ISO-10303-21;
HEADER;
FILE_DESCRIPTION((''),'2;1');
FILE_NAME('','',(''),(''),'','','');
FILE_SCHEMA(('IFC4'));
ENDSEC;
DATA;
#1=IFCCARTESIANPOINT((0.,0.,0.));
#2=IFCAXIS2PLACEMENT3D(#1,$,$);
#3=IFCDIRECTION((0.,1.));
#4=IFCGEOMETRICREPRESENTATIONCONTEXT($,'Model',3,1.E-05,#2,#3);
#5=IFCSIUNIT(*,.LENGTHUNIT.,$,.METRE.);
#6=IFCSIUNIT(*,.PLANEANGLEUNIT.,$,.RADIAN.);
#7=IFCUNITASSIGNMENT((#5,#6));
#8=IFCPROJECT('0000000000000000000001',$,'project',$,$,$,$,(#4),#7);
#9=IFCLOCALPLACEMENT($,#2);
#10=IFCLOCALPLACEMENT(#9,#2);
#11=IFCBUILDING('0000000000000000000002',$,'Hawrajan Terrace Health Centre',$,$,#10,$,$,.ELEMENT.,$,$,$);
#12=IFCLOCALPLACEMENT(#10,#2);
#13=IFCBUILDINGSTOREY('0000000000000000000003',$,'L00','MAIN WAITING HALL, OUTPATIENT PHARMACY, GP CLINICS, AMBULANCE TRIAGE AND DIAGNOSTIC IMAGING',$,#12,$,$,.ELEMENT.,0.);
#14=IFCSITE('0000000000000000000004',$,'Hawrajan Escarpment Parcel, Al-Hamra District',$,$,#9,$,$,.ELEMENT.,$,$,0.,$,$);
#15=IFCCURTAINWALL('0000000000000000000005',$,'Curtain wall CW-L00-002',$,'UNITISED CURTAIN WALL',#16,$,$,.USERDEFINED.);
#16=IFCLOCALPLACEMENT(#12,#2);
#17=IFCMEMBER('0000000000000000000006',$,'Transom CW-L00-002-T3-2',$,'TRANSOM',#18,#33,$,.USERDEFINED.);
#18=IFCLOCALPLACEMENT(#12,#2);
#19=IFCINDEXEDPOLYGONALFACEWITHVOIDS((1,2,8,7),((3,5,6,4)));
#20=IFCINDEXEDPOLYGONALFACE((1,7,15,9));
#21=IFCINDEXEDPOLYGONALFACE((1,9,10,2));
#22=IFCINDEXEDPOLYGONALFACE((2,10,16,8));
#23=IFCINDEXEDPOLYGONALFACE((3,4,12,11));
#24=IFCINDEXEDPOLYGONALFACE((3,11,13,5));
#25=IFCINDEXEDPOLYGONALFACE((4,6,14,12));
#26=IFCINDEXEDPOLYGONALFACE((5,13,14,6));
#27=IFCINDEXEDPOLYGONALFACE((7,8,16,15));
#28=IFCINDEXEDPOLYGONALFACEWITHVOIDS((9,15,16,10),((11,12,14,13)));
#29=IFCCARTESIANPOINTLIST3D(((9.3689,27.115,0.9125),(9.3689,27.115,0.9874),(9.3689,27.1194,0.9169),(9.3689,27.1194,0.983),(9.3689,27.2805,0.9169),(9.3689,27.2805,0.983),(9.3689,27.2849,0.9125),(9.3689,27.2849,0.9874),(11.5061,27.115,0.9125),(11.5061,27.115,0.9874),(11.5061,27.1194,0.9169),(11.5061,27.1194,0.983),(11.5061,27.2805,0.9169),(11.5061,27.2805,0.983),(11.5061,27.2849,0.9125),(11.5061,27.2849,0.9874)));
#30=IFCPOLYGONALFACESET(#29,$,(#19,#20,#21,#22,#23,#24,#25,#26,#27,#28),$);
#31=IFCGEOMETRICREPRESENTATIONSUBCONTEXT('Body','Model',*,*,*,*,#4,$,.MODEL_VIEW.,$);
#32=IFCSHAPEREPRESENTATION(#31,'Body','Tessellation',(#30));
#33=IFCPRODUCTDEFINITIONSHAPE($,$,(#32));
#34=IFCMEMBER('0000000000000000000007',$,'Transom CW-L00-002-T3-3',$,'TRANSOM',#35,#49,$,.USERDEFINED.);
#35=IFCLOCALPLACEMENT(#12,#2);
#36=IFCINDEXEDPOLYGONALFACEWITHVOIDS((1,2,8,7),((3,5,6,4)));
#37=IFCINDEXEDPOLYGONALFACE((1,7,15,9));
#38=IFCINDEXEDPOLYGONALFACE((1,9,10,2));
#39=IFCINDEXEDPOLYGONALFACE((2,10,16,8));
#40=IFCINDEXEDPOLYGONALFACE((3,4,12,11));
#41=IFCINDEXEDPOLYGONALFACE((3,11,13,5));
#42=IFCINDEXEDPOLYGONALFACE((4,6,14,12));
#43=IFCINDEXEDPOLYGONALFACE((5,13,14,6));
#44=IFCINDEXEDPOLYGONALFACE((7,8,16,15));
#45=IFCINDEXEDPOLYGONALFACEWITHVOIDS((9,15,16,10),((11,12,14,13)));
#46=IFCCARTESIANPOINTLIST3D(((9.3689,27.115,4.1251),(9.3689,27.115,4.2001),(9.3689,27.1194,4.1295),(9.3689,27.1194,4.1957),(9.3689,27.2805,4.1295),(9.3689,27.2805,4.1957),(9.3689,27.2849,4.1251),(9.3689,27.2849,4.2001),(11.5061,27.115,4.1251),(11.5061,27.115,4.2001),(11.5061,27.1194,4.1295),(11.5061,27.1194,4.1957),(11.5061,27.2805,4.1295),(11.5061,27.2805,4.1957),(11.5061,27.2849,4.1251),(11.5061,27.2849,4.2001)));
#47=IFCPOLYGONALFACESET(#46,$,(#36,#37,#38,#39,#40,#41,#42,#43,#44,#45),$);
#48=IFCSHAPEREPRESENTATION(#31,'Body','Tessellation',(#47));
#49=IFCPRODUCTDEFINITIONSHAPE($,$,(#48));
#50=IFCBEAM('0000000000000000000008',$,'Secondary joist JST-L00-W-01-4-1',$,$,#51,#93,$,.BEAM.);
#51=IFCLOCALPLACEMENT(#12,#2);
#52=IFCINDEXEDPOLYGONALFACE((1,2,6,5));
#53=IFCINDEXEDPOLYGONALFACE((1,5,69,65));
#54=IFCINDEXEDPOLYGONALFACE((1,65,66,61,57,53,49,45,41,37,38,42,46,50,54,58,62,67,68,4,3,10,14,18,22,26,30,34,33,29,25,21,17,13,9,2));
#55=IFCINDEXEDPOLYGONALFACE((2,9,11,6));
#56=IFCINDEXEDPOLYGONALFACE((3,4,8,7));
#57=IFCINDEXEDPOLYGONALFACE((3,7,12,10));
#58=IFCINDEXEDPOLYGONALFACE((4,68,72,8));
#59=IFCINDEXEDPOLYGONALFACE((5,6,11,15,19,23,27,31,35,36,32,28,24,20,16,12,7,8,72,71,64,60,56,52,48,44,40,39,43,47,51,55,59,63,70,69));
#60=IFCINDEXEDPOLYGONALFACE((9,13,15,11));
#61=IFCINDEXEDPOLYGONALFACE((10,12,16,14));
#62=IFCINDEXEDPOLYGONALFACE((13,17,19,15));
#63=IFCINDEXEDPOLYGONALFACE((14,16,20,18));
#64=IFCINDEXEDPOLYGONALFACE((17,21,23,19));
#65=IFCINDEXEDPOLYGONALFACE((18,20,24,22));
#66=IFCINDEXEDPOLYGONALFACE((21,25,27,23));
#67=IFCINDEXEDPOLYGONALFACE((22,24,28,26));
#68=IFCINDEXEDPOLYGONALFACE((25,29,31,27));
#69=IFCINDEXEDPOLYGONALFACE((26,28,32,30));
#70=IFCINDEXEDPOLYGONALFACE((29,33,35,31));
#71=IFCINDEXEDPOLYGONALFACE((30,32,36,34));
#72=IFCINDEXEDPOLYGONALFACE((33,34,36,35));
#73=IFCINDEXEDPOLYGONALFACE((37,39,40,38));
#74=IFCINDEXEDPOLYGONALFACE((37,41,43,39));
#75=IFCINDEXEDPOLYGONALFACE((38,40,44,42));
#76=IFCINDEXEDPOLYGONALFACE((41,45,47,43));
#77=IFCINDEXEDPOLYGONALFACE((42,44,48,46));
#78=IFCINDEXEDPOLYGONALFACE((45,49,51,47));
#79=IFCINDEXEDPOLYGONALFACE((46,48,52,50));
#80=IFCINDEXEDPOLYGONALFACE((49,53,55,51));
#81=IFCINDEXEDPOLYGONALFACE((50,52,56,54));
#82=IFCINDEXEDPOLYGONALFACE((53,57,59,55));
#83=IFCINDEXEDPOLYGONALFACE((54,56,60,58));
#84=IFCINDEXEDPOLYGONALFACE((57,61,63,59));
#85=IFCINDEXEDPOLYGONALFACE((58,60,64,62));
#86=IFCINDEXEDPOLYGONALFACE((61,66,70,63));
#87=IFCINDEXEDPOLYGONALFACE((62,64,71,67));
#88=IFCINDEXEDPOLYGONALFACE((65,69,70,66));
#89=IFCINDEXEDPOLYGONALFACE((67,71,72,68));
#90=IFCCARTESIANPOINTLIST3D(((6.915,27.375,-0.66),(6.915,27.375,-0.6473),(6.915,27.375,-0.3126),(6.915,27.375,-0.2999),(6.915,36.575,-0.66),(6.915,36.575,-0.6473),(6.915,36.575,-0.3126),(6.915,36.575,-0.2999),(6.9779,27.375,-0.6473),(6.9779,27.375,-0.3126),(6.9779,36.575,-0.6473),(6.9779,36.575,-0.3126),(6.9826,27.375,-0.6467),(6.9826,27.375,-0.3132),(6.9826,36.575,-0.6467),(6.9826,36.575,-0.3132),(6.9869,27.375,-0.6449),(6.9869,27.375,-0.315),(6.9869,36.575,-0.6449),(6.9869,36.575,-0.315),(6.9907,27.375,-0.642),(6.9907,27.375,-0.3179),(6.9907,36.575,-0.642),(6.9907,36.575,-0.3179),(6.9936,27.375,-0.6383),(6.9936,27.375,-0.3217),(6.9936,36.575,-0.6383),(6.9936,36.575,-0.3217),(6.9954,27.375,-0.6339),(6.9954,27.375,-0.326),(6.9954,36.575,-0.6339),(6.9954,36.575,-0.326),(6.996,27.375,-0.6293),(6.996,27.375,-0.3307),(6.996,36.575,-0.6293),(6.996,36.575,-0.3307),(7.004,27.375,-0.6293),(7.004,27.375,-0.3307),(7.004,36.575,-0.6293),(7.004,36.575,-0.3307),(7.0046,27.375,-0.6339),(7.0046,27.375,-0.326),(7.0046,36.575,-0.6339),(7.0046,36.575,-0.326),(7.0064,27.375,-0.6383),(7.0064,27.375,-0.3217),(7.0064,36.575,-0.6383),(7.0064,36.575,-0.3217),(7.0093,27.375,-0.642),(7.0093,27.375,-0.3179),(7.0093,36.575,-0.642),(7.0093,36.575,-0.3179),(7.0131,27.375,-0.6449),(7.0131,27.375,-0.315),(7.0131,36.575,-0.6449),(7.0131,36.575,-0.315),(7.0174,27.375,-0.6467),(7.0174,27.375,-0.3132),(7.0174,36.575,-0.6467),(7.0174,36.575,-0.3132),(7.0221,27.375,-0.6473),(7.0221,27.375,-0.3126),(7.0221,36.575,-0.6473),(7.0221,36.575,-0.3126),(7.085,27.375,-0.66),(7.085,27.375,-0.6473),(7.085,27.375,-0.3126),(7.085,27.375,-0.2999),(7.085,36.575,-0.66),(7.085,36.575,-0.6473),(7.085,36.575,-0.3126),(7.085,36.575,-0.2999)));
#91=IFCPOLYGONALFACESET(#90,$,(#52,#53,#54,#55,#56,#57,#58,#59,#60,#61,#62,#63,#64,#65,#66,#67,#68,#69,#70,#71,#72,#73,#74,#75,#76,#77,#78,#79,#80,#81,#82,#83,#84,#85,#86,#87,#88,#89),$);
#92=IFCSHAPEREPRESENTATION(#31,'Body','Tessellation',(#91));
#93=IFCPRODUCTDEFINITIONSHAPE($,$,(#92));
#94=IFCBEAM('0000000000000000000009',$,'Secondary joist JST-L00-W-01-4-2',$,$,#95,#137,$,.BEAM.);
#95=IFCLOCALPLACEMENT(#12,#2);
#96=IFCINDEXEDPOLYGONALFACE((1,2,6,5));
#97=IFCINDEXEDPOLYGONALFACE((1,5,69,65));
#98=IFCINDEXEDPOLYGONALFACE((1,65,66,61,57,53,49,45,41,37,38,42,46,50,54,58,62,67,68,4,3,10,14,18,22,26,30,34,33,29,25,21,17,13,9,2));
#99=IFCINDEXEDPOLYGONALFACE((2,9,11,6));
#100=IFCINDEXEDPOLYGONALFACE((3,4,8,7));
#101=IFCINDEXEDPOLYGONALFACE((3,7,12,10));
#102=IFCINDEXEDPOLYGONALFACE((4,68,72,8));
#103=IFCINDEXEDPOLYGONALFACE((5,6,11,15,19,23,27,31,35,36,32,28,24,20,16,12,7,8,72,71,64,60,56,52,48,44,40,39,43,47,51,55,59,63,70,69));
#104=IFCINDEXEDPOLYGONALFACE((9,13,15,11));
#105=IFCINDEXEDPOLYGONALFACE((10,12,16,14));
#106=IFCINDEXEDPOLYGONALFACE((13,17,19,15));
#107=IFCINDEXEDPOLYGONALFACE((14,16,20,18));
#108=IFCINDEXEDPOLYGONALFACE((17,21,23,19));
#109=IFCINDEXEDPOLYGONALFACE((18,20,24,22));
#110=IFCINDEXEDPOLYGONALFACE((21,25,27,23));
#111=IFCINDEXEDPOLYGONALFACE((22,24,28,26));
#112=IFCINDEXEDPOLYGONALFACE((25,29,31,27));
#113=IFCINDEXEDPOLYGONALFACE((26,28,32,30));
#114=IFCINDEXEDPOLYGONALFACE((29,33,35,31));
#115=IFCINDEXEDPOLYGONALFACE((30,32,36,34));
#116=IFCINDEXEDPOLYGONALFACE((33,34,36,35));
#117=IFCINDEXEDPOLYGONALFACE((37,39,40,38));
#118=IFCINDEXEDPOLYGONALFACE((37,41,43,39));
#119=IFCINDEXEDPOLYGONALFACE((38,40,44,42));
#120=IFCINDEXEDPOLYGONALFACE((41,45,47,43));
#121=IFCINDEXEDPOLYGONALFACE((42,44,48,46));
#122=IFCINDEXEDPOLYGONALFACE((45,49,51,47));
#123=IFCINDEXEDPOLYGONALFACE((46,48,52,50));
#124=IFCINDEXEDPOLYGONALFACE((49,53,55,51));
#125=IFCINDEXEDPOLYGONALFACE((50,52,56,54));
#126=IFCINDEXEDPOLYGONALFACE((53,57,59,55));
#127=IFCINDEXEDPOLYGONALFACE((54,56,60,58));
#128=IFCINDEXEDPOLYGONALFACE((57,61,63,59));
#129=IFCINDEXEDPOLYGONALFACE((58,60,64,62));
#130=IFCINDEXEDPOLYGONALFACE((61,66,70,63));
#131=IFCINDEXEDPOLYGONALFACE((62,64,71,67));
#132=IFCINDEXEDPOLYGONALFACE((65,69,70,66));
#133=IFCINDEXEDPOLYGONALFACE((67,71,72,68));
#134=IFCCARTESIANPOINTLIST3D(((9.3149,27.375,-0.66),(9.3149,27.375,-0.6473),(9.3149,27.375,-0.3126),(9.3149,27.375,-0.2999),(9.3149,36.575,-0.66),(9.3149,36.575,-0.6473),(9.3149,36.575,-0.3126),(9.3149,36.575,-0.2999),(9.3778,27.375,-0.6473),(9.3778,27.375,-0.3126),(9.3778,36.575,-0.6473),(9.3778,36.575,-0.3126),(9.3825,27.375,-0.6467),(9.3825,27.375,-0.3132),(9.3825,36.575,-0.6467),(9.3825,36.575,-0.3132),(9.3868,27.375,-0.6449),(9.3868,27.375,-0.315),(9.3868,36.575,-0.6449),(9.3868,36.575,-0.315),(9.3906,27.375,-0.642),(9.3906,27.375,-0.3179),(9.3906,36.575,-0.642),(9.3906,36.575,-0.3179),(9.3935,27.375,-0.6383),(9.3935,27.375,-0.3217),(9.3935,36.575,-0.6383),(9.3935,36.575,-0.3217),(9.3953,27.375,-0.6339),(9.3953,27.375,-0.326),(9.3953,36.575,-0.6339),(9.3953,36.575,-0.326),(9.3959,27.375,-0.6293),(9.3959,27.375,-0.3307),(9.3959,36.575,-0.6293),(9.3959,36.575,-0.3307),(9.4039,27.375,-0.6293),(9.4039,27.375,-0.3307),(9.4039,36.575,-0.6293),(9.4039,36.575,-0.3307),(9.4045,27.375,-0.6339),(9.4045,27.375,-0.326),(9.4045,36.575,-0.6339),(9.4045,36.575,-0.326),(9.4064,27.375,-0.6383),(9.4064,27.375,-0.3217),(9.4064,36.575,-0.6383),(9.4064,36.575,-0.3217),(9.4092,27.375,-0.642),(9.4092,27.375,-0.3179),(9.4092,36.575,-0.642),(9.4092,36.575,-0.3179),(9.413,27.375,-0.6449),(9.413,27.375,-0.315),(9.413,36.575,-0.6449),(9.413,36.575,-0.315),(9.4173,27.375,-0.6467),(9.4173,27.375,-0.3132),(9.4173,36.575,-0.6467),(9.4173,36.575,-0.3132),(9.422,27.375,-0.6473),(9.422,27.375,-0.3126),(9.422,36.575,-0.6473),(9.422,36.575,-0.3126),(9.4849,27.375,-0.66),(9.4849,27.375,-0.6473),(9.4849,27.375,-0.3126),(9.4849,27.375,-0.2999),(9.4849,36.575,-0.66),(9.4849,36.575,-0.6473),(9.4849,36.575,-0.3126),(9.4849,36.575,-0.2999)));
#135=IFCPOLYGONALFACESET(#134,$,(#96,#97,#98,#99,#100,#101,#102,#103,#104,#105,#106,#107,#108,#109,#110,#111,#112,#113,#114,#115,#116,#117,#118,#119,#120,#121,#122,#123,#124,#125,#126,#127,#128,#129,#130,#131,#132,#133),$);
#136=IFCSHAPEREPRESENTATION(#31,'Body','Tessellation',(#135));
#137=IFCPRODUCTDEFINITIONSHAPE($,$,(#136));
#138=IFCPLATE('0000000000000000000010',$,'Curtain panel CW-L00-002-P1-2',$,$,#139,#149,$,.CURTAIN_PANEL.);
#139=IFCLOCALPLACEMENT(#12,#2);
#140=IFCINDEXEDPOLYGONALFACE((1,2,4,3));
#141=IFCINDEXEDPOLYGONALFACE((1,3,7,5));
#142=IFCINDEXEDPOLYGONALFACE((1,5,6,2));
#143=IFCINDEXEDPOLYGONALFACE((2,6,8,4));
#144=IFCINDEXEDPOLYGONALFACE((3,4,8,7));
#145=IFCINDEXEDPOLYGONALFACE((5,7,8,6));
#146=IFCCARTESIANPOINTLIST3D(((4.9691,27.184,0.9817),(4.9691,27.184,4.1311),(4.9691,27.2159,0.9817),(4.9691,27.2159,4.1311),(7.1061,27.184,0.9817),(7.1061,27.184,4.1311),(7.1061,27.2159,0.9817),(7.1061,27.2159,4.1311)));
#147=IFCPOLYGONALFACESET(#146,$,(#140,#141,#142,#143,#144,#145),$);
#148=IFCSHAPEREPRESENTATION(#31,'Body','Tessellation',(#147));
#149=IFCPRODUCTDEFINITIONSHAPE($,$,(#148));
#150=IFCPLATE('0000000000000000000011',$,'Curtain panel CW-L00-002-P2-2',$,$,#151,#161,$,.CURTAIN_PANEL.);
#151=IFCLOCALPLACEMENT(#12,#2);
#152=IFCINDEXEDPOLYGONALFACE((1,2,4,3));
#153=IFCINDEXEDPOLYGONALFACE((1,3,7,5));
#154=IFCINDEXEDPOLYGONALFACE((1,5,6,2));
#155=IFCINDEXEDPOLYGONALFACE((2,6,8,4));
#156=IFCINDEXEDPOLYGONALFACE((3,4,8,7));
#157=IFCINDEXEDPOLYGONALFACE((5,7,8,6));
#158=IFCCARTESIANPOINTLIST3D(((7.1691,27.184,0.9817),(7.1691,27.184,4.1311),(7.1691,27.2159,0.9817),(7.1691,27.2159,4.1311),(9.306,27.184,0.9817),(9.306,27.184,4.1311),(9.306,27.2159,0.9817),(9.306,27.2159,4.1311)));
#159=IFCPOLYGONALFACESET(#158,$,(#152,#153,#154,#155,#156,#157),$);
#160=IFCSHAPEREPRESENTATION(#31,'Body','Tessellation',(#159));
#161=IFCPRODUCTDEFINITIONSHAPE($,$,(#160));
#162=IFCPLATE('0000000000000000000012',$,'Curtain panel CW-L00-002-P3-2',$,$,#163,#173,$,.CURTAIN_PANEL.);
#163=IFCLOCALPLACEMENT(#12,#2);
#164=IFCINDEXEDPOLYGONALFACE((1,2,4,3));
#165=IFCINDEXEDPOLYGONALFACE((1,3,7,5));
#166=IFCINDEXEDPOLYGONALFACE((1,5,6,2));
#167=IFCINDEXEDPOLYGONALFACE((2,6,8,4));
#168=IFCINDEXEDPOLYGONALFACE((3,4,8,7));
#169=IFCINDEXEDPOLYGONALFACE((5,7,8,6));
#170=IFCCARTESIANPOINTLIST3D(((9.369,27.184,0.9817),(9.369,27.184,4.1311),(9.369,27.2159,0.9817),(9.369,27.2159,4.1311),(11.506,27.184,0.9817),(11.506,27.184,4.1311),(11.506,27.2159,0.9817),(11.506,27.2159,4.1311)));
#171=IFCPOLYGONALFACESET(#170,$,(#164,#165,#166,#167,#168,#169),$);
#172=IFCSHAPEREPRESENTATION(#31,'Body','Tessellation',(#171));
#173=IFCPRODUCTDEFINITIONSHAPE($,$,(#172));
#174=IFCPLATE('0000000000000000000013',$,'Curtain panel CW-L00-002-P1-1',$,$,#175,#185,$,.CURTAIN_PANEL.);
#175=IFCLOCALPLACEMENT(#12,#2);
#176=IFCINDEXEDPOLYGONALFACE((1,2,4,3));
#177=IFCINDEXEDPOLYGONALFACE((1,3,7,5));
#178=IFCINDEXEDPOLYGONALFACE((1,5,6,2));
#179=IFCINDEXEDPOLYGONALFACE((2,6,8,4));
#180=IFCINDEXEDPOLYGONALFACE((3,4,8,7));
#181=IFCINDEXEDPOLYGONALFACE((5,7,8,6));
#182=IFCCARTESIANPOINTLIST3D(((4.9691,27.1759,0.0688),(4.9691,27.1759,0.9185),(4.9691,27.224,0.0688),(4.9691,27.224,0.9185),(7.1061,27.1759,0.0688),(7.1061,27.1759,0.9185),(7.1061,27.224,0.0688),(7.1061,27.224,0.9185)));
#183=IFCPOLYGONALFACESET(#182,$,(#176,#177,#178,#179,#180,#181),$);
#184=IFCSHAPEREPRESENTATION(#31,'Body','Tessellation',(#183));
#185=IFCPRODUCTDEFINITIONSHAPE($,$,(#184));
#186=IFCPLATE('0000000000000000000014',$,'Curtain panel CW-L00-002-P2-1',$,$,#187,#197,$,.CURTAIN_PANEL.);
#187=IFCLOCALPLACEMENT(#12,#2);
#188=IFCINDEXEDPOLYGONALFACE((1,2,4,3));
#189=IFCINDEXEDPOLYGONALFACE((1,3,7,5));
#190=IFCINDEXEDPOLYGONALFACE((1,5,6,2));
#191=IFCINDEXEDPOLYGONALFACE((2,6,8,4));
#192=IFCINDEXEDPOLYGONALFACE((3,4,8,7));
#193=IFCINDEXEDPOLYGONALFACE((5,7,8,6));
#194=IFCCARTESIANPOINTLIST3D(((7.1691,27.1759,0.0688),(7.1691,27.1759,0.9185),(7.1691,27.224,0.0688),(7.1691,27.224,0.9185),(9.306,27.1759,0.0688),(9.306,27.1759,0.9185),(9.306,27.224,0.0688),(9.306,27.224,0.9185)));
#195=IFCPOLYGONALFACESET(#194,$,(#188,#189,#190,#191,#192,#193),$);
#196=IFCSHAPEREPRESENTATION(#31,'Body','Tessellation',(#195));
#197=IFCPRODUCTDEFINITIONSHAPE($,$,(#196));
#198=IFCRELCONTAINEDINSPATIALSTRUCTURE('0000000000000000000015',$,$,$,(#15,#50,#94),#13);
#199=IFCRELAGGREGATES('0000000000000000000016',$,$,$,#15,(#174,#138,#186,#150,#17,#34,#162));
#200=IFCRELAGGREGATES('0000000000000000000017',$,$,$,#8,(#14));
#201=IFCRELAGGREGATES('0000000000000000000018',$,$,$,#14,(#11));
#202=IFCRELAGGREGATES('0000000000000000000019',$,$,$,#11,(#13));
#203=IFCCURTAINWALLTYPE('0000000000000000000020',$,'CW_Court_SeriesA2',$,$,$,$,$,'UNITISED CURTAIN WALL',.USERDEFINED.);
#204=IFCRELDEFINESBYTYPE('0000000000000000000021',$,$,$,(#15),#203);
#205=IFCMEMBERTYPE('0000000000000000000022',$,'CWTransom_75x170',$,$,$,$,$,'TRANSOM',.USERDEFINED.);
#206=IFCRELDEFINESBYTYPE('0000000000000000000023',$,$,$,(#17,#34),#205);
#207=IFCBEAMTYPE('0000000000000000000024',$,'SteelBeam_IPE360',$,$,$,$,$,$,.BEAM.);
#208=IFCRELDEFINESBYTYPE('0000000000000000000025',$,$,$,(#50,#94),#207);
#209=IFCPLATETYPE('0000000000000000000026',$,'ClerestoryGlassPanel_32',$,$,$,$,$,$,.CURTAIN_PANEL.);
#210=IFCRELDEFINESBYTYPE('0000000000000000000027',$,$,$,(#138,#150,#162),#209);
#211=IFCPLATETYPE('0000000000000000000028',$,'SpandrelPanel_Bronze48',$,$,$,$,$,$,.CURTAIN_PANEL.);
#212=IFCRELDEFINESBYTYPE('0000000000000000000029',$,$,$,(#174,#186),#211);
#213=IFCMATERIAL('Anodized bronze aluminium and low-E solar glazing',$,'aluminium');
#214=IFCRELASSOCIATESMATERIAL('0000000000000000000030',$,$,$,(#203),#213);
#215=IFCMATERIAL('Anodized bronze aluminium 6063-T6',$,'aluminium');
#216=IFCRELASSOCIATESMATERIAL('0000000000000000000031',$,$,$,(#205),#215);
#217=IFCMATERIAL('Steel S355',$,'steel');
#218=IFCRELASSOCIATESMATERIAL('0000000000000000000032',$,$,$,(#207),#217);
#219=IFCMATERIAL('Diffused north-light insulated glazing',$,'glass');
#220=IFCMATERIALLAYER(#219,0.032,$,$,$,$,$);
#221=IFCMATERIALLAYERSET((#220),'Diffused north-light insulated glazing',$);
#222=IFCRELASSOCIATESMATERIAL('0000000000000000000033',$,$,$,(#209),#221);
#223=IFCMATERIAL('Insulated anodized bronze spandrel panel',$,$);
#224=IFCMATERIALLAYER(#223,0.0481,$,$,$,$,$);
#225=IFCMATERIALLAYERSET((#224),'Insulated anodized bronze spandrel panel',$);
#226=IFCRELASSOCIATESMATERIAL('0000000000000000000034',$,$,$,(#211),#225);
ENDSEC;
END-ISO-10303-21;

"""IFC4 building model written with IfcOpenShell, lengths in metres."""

from ifc_helpers import new_model, si_unit, direction, frame, origin, origin_2d, place, context, subcontext, project, spatial, rectangle, hollow_rectangle, i_section, extrude, material, layer, layer_set, material_profile, profile_set, type_object, element, aggregate, save


model = new_model("IFC4")

# Units and contexts
model_context = context("Model", 3, precision=1e-05, world=origin(), true_north=direction((0.0, 1.0)))
body_context = subcontext(model_context, "Body", "Model", "MODEL_VIEW")
ifc_project = project(units=[si_unit("LENGTHUNIT", "METRE"), si_unit("PLANEANGLEUNIT", "RADIAN")], contexts=[model_context])

# Site, building, storey
site_placement = place(None, origin())
site = spatial("IfcSite", under=ifc_project, at=site_placement, Name="Hawrajan Escarpment Parcel, Al-Hamra District", CompositionType="ELEMENT", RefElevation=0.0)
building_placement = place(site_placement, origin())
building = spatial("IfcBuilding", under=site, at=building_placement, Name="Hawrajan Terrace Health Centre", CompositionType="ELEMENT")
storey_placement = place(building_placement, origin())
storey = spatial("IfcBuildingStorey", under=building, at=storey_placement, Name="L00", Description="MAIN WAITING HALL, OUTPATIENT PHARMACY, GP CLINICS, AMBULANCE TRIAGE AND DIAGNOSTIC IMAGING", CompositionType="ELEMENT", Elevation=0.0)

# Curtain wall, members
ifc_material_1 = material(Name="Anodized bronze aluminium and low-E solar glazing", Category="aluminium")
curtain_wall_type = type_object("IfcCurtainWallType", Name="CW_Court_SeriesA2", ElementType="UNITISED CURTAIN WALL", PredefinedType="USERDEFINED", material=ifc_material_1)
curtain_wall_placement = place(storey_placement, origin())
curtain_wall = element("IfcCurtainWall", 1, at=curtain_wall_placement, inside=storey, type_object=curtain_wall_type, Name="Curtain wall CW-L00-002", ObjectType="UNITISED CURTAIN WALL", PredefinedType="USERDEFINED")
ifc_material_2 = material(Name="Anodized bronze aluminium 6063-T6", Category="aluminium")
ifc_material_profile_1 = material_profile(ifc_material_2, hollow_rectangle(XDim=0.075, YDim=0.1699, WallThickness=0.0044, at=origin_2d()), Name="CW TRN 75x170")
ifc_profile_set_1 = profile_set([ifc_material_profile_1], Name="Anodized bronze aluminium 6063-T6")
member_type_1 = type_object("IfcMemberType", Name="CWTransom_75x170", ElementType="TRANSOM", PredefinedType="USERDEFINED", material=ifc_profile_set_1)
member_1_placement = place(storey_placement, frame((9.3689, 27.2, 0.95), z_axis=(1.0, 0.0, 0.0), x_axis=(0.0, 0.0, 1.0)))
member_1 = element("IfcMember", 2, at=member_1_placement, type_object=member_type_1, Name="Transom CW-L00-002-T3-2", ObjectType="TRANSOM", PredefinedType="USERDEFINED", context=body_context, shape_type="SweptSolid", body=[
    extrude(hollow_rectangle(XDim=0.075, YDim=0.1699, WallThickness=0.0044, at=origin_2d()), origin(), (0.0, 0.0, 1.0), 2.1372),
])
member_2_placement = place(storey_placement, frame((9.3689, 27.2, 4.1626), z_axis=(1.0, 0.0, 0.0), x_axis=(0.0, 0.0, 1.0)))
member_2 = element("IfcMember", 3, at=member_2_placement, type_object=member_type_1, Name="Transom CW-L00-002-T3-3", ObjectType="TRANSOM", PredefinedType="USERDEFINED", context=body_context, shape_type="SweptSolid", body=[
    extrude(hollow_rectangle(XDim=0.075, YDim=0.1699, WallThickness=0.0044, at=origin_2d()), origin(), (0.0, 0.0, 1.0), 2.1372),
])

# Beams
ifc_material_3 = material(Name="Steel S355", Category="steel")
ifc_material_profile_2 = material_profile(ifc_material_3, i_section(OverallWidth=0.1699, OverallDepth=0.3601, WebThickness=0.0081, FlangeThickness=0.0127, FilletRadius=0.0181, at=origin_2d()), Name="IPE 360")
ifc_profile_set_2 = profile_set([ifc_material_profile_2], Name="Steel S355")
beam_type = type_object("IfcBeamType", Name="SteelBeam_IPE360", PredefinedType="BEAM", material=ifc_profile_set_2)
for number, where, z_axis, x_axis, name in (
    (4, (7.0, 27.375, -0.48), (0.0, 1.0, 0.0), (-1.0, 0.0, 0.0), "Secondary joist JST-L00-W-01-4-1"),
    (5, (9.3999, 27.375, -0.48), (0.0, 1.0, 0.0), (-1.0, 0.0, 0.0), "Secondary joist JST-L00-W-01-4-2"),
):
    element("IfcBeam", number, at=place(storey_placement, frame(where, z_axis=z_axis, x_axis=x_axis)), inside=storey, type_object=beam_type, Name=name, PredefinedType="BEAM", context=body_context, shape_type="SweptSolid", body=[
        extrude(i_section(OverallWidth=0.1699, OverallDepth=0.3601, WebThickness=0.0081, FlangeThickness=0.0127, FilletRadius=0.0181, at=origin_2d()), origin(), (0.0, 0.0, 1.0), 9.2),
    ])

# Plates
ifc_material_4 = material(Name="Diffused north-light insulated glazing", Category="glass")
ifc_layer_1 = layer(ifc_material_4, 0.032)
ifc_layer_set_1 = layer_set([ifc_layer_1], Name="Diffused north-light insulated glazing")
plate_type_1 = type_object("IfcPlateType", Name="ClerestoryGlassPanel_32", PredefinedType="CURTAIN_PANEL", material=ifc_layer_set_1)
plate_1_placement = place(storey_placement, frame((6.0376, 27.2, 0.9817), z_axis=(0.0, 0.0, 1.0), x_axis=(1.0, 0.0, 0.0)))
plate_1 = element("IfcPlate", 6, at=plate_1_placement, type_object=plate_type_1, Name="Curtain panel CW-L00-002-P1-2", PredefinedType="CURTAIN_PANEL", context=body_context, shape_type="SweptSolid", body=[
    extrude(rectangle(XDim=2.137, YDim=0.032, at=origin_2d()), origin(), (0.0, 0.0, 1.0), 3.1494),
])
plate_2_placement = place(storey_placement, frame((8.2375, 27.2, 0.9817), z_axis=(0.0, 0.0, 1.0), x_axis=(1.0, 0.0, 0.0)))
plate_2 = element("IfcPlate", 7, at=plate_2_placement, type_object=plate_type_1, Name="Curtain panel CW-L00-002-P2-2", PredefinedType="CURTAIN_PANEL", context=body_context, shape_type="SweptSolid", body=[
    extrude(rectangle(XDim=2.137, YDim=0.032, at=origin_2d()), origin(), (0.0, 0.0, 1.0), 3.1494),
])
plate_3_placement = place(storey_placement, frame((10.4375, 27.2, 0.9817), z_axis=(0.0, 0.0, 1.0), x_axis=(1.0, 0.0, 0.0)))
plate_3 = element("IfcPlate", 8, at=plate_3_placement, type_object=plate_type_1, Name="Curtain panel CW-L00-002-P3-2", PredefinedType="CURTAIN_PANEL", context=body_context, shape_type="SweptSolid", body=[
    extrude(rectangle(XDim=2.137, YDim=0.032, at=origin_2d()), origin(), (0.0, 0.0, 1.0), 3.1494),
])
ifc_material_5 = material(Name="Insulated anodized bronze spandrel panel")
ifc_layer_2 = layer(ifc_material_5, 0.0481)
ifc_layer_set_2 = layer_set([ifc_layer_2], Name="Insulated anodized bronze spandrel panel")
plate_type_2 = type_object("IfcPlateType", Name="SpandrelPanel_Bronze48", PredefinedType="CURTAIN_PANEL", material=ifc_layer_set_2)
plate_4_placement = place(storey_placement, frame((6.0376, 27.2, 0.0688), z_axis=(0.0, 0.0, 1.0), x_axis=(1.0, 0.0, 0.0)))
plate_4 = element("IfcPlate", 9, at=plate_4_placement, type_object=plate_type_2, Name="Curtain panel CW-L00-002-P1-1", PredefinedType="CURTAIN_PANEL", context=body_context, shape_type="SweptSolid", body=[
    extrude(rectangle(XDim=2.137, YDim=0.0481, at=origin_2d()), origin(), (0.0, 0.0, 1.0), 0.8496),
])
plate_5_placement = place(storey_placement, frame((8.2375, 27.2, 0.0688), z_axis=(0.0, 0.0, 1.0), x_axis=(1.0, 0.0, 0.0)))
plate_5 = element("IfcPlate", 10, at=plate_5_placement, type_object=plate_type_2, Name="Curtain panel CW-L00-002-P2-1", PredefinedType="CURTAIN_PANEL", context=body_context, shape_type="SweptSolid", body=[
    extrude(rectangle(XDim=2.137, YDim=0.0481, at=origin_2d()), origin(), (0.0, 0.0, 1.0), 0.8496),
])
aggregate(curtain_wall, [plate_4, plate_1, plate_5, plate_2, member_1, member_2, plate_3])

save(model, "model.ifc")
